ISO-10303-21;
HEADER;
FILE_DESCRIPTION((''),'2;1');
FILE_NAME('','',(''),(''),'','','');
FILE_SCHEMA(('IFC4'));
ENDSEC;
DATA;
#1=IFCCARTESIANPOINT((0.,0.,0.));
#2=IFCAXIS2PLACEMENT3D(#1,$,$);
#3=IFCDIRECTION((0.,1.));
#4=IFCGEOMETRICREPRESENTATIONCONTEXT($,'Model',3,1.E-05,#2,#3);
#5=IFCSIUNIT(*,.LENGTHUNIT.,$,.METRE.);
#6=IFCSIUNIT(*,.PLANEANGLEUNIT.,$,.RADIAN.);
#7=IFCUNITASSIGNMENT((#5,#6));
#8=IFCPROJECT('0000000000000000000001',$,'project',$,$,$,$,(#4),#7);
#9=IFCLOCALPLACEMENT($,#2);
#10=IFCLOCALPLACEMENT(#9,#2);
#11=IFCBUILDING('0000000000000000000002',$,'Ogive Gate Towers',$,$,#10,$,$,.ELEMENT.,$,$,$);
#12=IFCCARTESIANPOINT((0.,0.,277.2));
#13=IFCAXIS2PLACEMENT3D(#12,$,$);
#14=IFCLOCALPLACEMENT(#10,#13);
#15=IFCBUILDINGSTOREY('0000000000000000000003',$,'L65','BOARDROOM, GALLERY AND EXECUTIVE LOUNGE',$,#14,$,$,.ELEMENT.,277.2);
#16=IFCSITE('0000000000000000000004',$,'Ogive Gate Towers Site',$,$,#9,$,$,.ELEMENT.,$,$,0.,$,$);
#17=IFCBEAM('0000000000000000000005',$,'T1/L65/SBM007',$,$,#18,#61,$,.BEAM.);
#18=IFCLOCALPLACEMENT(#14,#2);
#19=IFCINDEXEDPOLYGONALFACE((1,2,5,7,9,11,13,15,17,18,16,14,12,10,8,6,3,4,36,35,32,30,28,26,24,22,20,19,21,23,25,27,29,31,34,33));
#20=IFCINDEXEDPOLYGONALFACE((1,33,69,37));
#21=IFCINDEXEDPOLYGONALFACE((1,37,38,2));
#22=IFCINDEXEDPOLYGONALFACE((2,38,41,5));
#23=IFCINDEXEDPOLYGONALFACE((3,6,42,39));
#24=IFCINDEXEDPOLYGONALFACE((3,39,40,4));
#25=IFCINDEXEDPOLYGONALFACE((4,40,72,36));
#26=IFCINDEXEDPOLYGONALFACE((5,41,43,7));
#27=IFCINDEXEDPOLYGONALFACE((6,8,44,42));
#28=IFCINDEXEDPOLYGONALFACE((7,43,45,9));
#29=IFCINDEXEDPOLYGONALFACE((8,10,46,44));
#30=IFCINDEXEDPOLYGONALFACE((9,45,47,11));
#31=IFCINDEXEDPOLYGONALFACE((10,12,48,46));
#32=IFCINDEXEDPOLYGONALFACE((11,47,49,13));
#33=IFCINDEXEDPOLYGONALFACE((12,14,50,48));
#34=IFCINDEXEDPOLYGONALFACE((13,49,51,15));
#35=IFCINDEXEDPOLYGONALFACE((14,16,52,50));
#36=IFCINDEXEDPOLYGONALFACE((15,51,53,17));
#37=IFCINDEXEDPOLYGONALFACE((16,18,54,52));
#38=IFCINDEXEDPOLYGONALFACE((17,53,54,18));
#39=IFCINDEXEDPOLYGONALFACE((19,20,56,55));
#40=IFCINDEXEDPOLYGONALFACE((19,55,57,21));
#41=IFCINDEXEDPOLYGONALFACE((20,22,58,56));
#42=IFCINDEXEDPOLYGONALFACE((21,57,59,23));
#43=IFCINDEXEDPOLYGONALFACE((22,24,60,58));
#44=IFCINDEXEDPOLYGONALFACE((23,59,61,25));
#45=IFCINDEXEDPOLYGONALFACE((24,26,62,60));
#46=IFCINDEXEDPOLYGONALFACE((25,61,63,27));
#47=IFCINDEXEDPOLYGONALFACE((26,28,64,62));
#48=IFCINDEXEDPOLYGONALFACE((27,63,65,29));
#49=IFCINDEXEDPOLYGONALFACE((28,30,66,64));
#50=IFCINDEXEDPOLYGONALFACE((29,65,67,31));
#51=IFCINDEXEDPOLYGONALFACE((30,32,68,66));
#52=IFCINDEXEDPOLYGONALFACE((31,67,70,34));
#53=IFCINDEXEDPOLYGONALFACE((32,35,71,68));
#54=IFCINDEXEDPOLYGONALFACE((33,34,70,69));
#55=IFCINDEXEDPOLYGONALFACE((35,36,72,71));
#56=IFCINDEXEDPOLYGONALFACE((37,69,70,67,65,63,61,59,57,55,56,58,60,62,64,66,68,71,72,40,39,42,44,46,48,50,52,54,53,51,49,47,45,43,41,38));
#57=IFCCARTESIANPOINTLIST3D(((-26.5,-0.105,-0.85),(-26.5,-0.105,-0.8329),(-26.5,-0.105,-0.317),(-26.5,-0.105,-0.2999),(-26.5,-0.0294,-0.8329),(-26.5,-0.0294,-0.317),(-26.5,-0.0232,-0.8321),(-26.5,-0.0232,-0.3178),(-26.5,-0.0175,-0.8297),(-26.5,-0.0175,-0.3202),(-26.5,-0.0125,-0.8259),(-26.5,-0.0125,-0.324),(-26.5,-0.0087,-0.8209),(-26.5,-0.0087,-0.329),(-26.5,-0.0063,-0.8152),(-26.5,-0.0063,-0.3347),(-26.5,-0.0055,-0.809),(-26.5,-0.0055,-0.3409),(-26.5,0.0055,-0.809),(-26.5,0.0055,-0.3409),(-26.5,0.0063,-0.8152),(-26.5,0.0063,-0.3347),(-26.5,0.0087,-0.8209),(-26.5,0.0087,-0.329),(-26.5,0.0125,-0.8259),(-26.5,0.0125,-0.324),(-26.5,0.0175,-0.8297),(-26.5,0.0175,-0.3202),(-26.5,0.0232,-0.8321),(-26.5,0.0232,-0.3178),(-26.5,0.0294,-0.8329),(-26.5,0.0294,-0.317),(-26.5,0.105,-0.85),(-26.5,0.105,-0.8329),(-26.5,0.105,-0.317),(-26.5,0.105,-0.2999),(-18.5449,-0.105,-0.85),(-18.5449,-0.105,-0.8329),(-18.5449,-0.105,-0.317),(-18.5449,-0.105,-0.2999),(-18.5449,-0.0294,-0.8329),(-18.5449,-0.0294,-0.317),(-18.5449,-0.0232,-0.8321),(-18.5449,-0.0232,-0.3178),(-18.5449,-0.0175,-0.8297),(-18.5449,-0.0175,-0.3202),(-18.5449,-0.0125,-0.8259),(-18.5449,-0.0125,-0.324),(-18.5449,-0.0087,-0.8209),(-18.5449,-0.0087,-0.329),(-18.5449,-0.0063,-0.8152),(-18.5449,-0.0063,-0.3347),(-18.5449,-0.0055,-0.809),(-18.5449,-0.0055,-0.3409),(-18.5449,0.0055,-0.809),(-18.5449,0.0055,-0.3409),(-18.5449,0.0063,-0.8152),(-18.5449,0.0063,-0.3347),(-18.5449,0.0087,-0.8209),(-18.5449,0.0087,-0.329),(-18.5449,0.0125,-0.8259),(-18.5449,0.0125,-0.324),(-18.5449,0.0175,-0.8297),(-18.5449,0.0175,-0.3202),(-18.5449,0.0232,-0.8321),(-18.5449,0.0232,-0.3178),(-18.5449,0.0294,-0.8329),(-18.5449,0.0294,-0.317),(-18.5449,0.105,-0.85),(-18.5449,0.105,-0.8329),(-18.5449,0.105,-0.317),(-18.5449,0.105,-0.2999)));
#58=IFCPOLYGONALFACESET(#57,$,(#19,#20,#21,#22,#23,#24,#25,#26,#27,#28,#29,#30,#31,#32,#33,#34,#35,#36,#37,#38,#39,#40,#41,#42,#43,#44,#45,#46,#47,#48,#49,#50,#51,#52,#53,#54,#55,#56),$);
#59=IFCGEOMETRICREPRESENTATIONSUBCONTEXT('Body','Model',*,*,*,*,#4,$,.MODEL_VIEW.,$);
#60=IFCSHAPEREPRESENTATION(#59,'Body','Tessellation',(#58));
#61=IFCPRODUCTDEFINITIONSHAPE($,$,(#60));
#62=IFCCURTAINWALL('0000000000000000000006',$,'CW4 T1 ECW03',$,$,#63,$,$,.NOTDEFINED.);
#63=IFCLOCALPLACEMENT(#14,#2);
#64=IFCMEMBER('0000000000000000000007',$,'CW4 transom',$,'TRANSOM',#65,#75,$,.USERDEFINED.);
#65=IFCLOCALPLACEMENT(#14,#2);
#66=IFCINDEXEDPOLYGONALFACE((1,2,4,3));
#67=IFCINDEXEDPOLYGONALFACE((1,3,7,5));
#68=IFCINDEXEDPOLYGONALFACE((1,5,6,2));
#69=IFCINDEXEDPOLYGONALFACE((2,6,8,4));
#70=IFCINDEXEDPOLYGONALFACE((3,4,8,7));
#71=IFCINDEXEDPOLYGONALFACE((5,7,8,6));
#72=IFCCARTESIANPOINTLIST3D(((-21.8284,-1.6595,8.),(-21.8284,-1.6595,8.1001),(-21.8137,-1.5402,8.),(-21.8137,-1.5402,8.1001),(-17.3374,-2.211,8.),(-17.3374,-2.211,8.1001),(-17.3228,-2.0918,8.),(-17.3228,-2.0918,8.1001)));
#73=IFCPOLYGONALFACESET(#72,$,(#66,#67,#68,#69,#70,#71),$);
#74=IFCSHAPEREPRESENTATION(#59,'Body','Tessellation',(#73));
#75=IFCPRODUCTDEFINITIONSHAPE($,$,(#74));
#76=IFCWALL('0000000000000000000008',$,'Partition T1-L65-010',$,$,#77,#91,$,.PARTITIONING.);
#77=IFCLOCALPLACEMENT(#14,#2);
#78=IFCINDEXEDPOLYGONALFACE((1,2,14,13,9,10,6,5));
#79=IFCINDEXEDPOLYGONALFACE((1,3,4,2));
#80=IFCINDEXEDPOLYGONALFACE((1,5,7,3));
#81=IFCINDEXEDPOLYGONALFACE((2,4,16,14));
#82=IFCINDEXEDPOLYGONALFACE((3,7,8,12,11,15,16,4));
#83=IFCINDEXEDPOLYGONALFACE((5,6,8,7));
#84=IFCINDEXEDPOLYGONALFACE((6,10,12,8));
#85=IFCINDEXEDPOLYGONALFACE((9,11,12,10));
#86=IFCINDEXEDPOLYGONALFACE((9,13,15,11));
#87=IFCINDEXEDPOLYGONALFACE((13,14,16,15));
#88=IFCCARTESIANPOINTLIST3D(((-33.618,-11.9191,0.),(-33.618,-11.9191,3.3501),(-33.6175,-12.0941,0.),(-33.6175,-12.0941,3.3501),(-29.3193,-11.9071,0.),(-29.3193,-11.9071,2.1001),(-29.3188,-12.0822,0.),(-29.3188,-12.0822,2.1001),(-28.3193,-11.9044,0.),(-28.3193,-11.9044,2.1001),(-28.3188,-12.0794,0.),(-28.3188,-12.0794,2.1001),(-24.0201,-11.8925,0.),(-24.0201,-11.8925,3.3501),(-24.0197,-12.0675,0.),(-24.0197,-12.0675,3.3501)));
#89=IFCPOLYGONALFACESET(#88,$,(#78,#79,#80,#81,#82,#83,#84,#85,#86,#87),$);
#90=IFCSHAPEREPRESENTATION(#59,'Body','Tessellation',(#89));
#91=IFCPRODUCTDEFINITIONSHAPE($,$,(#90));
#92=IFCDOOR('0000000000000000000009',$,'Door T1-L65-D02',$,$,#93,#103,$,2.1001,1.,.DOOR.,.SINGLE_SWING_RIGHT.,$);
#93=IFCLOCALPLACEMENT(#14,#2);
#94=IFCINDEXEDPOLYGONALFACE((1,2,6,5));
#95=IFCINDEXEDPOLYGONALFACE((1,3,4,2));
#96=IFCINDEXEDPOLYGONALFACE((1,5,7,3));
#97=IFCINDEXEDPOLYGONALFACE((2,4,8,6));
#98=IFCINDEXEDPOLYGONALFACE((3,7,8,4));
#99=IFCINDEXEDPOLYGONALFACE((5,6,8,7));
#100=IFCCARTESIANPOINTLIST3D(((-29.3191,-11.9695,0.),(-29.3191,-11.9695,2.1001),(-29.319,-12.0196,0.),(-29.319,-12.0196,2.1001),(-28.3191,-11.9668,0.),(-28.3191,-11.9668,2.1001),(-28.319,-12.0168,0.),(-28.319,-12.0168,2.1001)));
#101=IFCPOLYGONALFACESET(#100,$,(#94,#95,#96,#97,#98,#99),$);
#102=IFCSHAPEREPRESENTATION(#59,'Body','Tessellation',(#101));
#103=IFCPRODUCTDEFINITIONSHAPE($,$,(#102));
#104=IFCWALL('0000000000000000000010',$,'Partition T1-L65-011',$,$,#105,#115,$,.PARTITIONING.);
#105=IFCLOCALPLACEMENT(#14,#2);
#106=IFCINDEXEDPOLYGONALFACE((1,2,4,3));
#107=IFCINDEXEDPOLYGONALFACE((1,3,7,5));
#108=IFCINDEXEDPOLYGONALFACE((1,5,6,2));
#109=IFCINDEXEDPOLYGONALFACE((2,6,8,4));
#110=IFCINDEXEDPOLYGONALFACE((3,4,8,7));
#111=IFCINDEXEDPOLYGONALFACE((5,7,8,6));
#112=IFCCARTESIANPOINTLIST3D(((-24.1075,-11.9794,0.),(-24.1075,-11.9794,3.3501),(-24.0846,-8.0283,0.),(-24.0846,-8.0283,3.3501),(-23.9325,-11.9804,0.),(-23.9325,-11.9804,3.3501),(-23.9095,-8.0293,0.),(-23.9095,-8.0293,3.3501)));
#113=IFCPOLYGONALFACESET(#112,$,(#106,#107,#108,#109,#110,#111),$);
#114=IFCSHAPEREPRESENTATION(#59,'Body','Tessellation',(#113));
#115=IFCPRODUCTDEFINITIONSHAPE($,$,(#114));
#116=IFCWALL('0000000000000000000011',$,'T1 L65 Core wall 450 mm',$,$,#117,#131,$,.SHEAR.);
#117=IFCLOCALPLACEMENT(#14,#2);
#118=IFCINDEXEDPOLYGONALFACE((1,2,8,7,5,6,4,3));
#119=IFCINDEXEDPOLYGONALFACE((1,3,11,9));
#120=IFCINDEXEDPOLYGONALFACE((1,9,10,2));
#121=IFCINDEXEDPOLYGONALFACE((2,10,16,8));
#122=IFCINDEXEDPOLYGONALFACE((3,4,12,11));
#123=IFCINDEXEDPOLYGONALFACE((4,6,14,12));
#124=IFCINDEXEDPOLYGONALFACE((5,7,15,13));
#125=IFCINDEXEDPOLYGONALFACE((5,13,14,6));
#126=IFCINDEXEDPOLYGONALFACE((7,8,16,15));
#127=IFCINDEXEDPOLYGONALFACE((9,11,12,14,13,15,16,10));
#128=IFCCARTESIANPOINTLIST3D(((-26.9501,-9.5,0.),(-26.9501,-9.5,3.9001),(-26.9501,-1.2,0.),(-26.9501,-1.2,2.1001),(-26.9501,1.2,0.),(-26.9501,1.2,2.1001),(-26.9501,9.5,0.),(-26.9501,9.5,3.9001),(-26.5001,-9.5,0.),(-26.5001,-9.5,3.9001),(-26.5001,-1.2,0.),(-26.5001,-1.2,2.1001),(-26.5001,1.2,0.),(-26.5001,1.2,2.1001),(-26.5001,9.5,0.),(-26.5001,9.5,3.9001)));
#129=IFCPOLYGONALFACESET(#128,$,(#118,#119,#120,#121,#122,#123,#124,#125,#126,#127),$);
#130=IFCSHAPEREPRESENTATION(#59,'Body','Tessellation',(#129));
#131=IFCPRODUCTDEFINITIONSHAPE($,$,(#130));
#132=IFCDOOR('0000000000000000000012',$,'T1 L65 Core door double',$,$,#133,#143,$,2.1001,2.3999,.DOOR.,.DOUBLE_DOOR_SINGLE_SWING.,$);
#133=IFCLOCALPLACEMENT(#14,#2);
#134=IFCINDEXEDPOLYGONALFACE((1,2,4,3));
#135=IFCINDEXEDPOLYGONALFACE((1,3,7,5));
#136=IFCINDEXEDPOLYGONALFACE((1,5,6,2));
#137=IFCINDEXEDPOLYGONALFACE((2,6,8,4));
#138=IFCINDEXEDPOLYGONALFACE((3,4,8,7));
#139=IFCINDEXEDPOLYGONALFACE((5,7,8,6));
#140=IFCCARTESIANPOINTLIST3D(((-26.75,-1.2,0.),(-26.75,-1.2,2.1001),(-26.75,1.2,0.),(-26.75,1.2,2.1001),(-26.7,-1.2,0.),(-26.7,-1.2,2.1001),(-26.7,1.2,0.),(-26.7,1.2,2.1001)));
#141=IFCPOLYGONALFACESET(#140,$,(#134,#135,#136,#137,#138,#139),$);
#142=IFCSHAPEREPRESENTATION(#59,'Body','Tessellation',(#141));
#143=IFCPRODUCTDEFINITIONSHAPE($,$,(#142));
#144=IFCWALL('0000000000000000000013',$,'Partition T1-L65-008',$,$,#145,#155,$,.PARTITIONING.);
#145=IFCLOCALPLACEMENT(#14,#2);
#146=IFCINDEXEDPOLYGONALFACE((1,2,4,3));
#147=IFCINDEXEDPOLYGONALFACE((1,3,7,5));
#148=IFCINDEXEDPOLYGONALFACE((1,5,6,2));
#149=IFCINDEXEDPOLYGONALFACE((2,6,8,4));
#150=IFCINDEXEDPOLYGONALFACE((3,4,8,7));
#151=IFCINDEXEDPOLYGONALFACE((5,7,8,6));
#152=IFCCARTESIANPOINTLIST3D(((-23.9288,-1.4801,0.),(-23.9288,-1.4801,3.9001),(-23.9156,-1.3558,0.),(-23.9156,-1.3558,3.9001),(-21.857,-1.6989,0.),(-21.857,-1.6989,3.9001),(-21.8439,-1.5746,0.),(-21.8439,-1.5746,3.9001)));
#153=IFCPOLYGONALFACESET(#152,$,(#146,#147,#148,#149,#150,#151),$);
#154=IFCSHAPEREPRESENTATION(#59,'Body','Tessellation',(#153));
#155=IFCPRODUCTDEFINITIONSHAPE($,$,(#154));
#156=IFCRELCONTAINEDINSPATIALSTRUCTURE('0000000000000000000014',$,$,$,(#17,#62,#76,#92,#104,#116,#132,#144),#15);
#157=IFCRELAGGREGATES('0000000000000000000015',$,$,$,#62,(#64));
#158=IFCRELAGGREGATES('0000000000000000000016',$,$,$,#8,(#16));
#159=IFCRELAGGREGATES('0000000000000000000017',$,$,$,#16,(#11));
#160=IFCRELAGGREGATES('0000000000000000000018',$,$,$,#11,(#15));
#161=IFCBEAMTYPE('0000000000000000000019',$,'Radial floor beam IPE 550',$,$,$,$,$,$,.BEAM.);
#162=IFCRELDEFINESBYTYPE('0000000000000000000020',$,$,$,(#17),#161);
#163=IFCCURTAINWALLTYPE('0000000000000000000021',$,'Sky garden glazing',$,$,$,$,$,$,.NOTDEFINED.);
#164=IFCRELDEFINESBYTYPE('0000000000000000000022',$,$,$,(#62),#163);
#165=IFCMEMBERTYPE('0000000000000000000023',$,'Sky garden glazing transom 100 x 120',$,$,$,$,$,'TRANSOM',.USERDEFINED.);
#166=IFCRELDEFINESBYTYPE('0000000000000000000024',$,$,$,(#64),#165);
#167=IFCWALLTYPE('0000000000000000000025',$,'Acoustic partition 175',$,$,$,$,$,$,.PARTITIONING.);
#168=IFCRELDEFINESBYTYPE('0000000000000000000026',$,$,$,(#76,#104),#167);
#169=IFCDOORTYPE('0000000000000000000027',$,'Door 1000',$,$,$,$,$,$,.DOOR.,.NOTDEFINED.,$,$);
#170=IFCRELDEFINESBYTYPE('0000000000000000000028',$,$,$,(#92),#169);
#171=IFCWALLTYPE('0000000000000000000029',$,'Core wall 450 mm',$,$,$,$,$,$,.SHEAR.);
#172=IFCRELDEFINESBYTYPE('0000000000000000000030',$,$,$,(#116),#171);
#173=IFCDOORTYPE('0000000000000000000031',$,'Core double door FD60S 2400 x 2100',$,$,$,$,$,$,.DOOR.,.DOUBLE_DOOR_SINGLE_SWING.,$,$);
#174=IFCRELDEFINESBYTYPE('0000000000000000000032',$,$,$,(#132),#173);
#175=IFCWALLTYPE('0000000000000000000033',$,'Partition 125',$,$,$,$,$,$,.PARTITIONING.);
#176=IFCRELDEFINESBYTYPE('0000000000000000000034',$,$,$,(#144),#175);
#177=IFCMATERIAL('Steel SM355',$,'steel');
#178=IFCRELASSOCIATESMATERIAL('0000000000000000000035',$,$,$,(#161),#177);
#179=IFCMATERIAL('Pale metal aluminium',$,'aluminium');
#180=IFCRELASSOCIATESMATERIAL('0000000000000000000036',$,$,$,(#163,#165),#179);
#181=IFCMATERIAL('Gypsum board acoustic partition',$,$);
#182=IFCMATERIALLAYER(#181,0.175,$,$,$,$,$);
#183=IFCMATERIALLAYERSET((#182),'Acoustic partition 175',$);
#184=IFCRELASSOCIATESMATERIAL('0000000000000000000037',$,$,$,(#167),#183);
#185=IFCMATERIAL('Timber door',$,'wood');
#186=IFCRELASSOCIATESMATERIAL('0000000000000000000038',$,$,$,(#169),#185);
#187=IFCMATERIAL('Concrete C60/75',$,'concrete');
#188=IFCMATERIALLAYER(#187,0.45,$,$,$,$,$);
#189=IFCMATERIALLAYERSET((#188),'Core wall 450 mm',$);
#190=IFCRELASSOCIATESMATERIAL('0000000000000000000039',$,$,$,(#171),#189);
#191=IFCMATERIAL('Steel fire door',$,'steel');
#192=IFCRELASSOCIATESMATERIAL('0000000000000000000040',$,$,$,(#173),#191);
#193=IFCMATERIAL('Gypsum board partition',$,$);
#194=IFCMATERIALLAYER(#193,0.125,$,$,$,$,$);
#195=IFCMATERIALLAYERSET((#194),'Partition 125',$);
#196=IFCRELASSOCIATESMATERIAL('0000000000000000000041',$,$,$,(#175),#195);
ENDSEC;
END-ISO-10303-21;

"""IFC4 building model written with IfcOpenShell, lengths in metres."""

from ifc_helpers import new_model, si_unit, direction, frame, frame_2d, origin, origin_2d, place, context, subcontext, project, spatial, rectangle, i_section, extrude, material, layer, layer_set, material_profile, profile_set, type_object, element, fill, aggregate, save


model = new_model("IFC4")

# Units and contexts
model_context = context("Model", 3, precision=1e-05, world=origin(), true_north=direction((0.0, 1.0)))
body_context = subcontext(model_context, "Body", "Model", "MODEL_VIEW")
ifc_project = project(units=[si_unit("LENGTHUNIT", "METRE"), si_unit("PLANEANGLEUNIT", "RADIAN")], contexts=[model_context])

# Site, building, storey
site_placement = place(None, origin())
site = spatial("IfcSite", under=ifc_project, at=site_placement, Name="Ogive Gate Towers Site", CompositionType="ELEMENT", RefElevation=0.0)
building_placement = place(site_placement, origin())
building = spatial("IfcBuilding", under=site, at=building_placement, Name="Ogive Gate Towers", CompositionType="ELEMENT")
storey_placement = place(building_placement, frame((0.0, 0.0, 277.2)))
storey = spatial("IfcBuildingStorey", under=building, at=storey_placement, Name="L65", Description="BOARDROOM, GALLERY AND EXECUTIVE LOUNGE", CompositionType="ELEMENT", Elevation=277.2)

# Beam
ifc_material_1 = material(Name="Steel SM355", Category="steel")
ifc_material_profile_1 = material_profile(ifc_material_1, i_section(OverallWidth=0.21, OverallDepth=0.55, WebThickness=0.011, FlangeThickness=0.0171, FilletRadius=0.0239, at=origin_2d()), Name="IPE 550")
ifc_profile_set_1 = profile_set([ifc_material_profile_1], Name="Steel SM355")
beam_type_1 = type_object("IfcBeamType", Name="Radial floor beam IPE 550", PredefinedType="BEAM", material=ifc_profile_set_1)
beam_1_placement = place(storey_placement, frame((-26.5, 0.0, -0.575), z_axis=(1.0, 0.0, 0.0), x_axis=(0.0, 1.0, 0.0)))
element("IfcBeam", 1, at=beam_1_placement, inside=storey, type_object=beam_type_1, Name="T1/L65/SBM007", PredefinedType="BEAM", context=body_context, shape_type="SweptSolid", body=[
    extrude(i_section(OverallWidth=0.21, OverallDepth=0.55, WebThickness=0.011, FlangeThickness=0.0171, FilletRadius=0.0239, at=origin_2d()), origin(), (0.0, 0.0, 1.0), 7.9551),
])

# Curtain wall, member
ifc_material_2 = material(Name="Pale metal aluminium", Category="aluminium")
curtain_wall_type = type_object("IfcCurtainWallType", Name="Sky garden glazing", PredefinedType="NOTDEFINED", material=ifc_material_2)
curtain_wall_placement = place(storey_placement, origin())
curtain_wall = element("IfcCurtainWall", 2, at=curtain_wall_placement, inside=storey, type_object=curtain_wall_type, Name="CW4 T1 ECW03", PredefinedType="NOTDEFINED")
ifc_material_profile_2 = material_profile(ifc_material_2, rectangle(XDim=0.1201, YDim=0.1001, at=origin_2d()), Name="100 x 120 aluminium box")
ifc_profile_set_2 = profile_set([ifc_material_profile_2], Name="Pale metal aluminium")
member_type = type_object("IfcMemberType", Name="Sky garden glazing transom 100 x 120", ElementType="TRANSOM", PredefinedType="USERDEFINED", material=ifc_profile_set_2)
member_placement = place(storey_placement, frame((-21.821, -1.5999, 8.05), z_axis=(0.992544, -0.121889, 0.0), x_axis=(0.121889, 0.992544, 0.0)))
member = element("IfcMember", 3, at=member_placement, type_object=member_type, Name="CW4 transom", ObjectType="TRANSOM", PredefinedType="USERDEFINED", context=body_context, shape_type="SweptSolid", body=[
    extrude(rectangle(XDim=0.1201, YDim=0.1001, at=origin_2d()), origin(), (0.0, 0.0, 1.0), 4.5247),
])
aggregate(curtain_wall, [member])

# Wall, opening, door
ifc_material_3 = material(Name="Gypsum board acoustic partition")
ifc_layer_1 = layer(ifc_material_3, 0.175)
ifc_layer_set_1 = layer_set([ifc_layer_1], Name="Acoustic partition 175")
wall_type_1 = type_object("IfcWallType", Name="Acoustic partition 175", PredefinedType="PARTITIONING", material=ifc_layer_set_1)
wall_1_placement = place(storey_placement, frame((-24.02, -11.98, 0.0), z_axis=(0.0, 0.0, 1.0), x_axis=(-0.999996, -0.002773, 0.0)))
wall_1 = element("IfcWall", 4, at=wall_1_placement, inside=storey, type_object=wall_type_1, Name="Partition T1-L65-010", PredefinedType="PARTITIONING", context=body_context, shape_type="SweptSolid", body=[
    extrude(rectangle(XDim=9.5979, YDim=0.175, at=frame_2d((4.7988, 0.0))), origin(), (0.0, 0.0, 1.0), 3.3501),
])
opening_1_placement = place(wall_1_placement, frame((4.2991, 0.0, 0.0)))
opening_1 = element("IfcOpeningElement", 5, at=opening_1_placement, cuts=wall_1, PredefinedType="OPENING", context=body_context, shape_type="SweptSolid", body=[
    extrude(rectangle(XDim=1.0, YDim=2.1001, at=frame_2d((0.5, 1.05))), frame((0.0, 0.0977, 0.0), z_axis=(0.0, -1.0, 0.0), x_axis=(1.0, 0.0, 0.0)), (0.0, 0.0, 1.0), 0.1951),
])
ifc_material_4 = material(Name="Timber door", Category="wood")
door_type_1 = type_object("IfcDoorType", Name="Door 1000", OperationType="NOTDEFINED", PredefinedType="DOOR", material=ifc_material_4)
door_1_placement = place(opening_1_placement, origin())
door_1 = element("IfcDoor", 6, at=door_1_placement, inside=storey, type_object=door_type_1, Name="Door T1-L65-D02", OperationType="SINGLE_SWING_RIGHT", OverallHeight=2.1001, OverallWidth=1.0, PredefinedType="DOOR", context=body_context, shape_type="SweptSolid", body=[
    extrude(rectangle(XDim=1.0, YDim=2.1001, at=frame_2d((0.5, 1.05))), frame((0.0, 0.0249, 0.0), z_axis=(0.0, -1.0, 0.0), x_axis=(1.0, 0.0, 0.0)), (0.0, 0.0, 1.0), 0.05),
])
fill(opening_1, door_1)

# Wall
wall_2_placement = place(storey_placement, frame((-23.9971, -8.0288, 0.0), z_axis=(0.0, 0.0, 1.0), x_axis=(-0.005808, -0.999983, 0.0)))
element("IfcWall", 7, at=wall_2_placement, inside=storey, type_object=wall_type_1, Name="Partition T1-L65-011", PredefinedType="PARTITIONING", context=body_context, shape_type="SweptSolid", body=[
    extrude(rectangle(XDim=3.9512, YDim=0.175, at=frame_2d((1.9756, 0.0))), origin(), (0.0, 0.0, 1.0), 3.3501),
])

# Wall, opening, door
ifc_material_5 = material(Name="Concrete C60/75", Category="concrete")
ifc_layer_2 = layer(ifc_material_5, 0.45)
ifc_layer_set_2 = layer_set([ifc_layer_2], Name="Core wall 450 mm")
wall_type_2 = type_object("IfcWallType", Name="Core wall 450 mm", PredefinedType="SHEAR", material=ifc_layer_set_2)
wall_3_placement = place(storey_placement, frame((-26.7251, -9.5, 0.0), z_axis=(0.0, 0.0, 1.0), x_axis=(0.0, 1.0, 0.0)))
wall_3 = element("IfcWall", 8, at=wall_3_placement, inside=storey, type_object=wall_type_2, Name="T1 L65 Core wall 450 mm", PredefinedType="SHEAR", context=body_context, shape_type="SweptSolid", body=[
    extrude(rectangle(XDim=19.0, YDim=0.45, at=frame_2d((9.5, 0.0))), origin(), (0.0, 0.0, 1.0), 3.9001),
])
opening_2_placement = place(wall_3_placement, frame((8.3, 0.0, 0.0)))
opening_2 = element("IfcOpeningElement", 9, at=opening_2_placement, cuts=wall_3, PredefinedType="OPENING", context=body_context, shape_type="SweptSolid", body=[
    extrude(rectangle(XDim=2.3999, YDim=2.1001, at=frame_2d((1.2, 1.05))), frame((0.0, 0.2349, 0.0), z_axis=(0.0, -1.0, 0.0), x_axis=(1.0, 0.0, 0.0)), (0.0, 0.0, 1.0), 0.47),
])
ifc_material_6 = material(Name="Steel fire door", Category="steel")
door_type_2 = type_object("IfcDoorType", Name="Core double door FD60S 2400 x 2100", OperationType="DOUBLE_DOOR_SINGLE_SWING", PredefinedType="DOOR", material=ifc_material_6)
door_2_placement = place(opening_2_placement, origin())
door_2 = element("IfcDoor", 10, at=door_2_placement, inside=storey, type_object=door_type_2, Name="T1 L65 Core door double", OperationType="DOUBLE_DOOR_SINGLE_SWING", OverallHeight=2.1001, OverallWidth=2.3999, PredefinedType="DOOR", context=body_context, shape_type="SweptSolid", body=[
    extrude(rectangle(XDim=2.3999, YDim=2.1001, at=frame_2d((1.2, 1.05))), frame((0.0, 0.0249, 0.0), z_axis=(0.0, -1.0, 0.0), x_axis=(1.0, 0.0, 0.0)), (0.0, 0.0, 1.0), 0.05),
])
fill(opening_2, door_2)

# Wall
ifc_material_7 = material(Name="Gypsum board partition")
ifc_layer_3 = layer(ifc_material_7, 0.125)
ifc_layer_set_3 = layer_set([ifc_layer_3], Name="Partition 125")
wall_type_3 = type_object("IfcWallType", Name="Partition 125", PredefinedType="PARTITIONING", material=ifc_layer_set_3)
wall_4_placement = place(storey_placement, frame((-21.8506, -1.6367, 0.0), z_axis=(0.0, 0.0, 1.0), x_axis=(-0.994472, 0.105002, 0.0)))
element("IfcWall", 11, at=wall_4_placement, inside=storey, type_object=wall_type_3, Name="Partition T1-L65-008", PredefinedType="PARTITIONING", context=body_context, shape_type="SweptSolid", body=[
    extrude(rectangle(XDim=2.0833, YDim=0.125, at=frame_2d((1.0415, 0.0))), origin(), (0.0, 0.0, 1.0), 3.9001),
])

save(model, "model.ifc")
